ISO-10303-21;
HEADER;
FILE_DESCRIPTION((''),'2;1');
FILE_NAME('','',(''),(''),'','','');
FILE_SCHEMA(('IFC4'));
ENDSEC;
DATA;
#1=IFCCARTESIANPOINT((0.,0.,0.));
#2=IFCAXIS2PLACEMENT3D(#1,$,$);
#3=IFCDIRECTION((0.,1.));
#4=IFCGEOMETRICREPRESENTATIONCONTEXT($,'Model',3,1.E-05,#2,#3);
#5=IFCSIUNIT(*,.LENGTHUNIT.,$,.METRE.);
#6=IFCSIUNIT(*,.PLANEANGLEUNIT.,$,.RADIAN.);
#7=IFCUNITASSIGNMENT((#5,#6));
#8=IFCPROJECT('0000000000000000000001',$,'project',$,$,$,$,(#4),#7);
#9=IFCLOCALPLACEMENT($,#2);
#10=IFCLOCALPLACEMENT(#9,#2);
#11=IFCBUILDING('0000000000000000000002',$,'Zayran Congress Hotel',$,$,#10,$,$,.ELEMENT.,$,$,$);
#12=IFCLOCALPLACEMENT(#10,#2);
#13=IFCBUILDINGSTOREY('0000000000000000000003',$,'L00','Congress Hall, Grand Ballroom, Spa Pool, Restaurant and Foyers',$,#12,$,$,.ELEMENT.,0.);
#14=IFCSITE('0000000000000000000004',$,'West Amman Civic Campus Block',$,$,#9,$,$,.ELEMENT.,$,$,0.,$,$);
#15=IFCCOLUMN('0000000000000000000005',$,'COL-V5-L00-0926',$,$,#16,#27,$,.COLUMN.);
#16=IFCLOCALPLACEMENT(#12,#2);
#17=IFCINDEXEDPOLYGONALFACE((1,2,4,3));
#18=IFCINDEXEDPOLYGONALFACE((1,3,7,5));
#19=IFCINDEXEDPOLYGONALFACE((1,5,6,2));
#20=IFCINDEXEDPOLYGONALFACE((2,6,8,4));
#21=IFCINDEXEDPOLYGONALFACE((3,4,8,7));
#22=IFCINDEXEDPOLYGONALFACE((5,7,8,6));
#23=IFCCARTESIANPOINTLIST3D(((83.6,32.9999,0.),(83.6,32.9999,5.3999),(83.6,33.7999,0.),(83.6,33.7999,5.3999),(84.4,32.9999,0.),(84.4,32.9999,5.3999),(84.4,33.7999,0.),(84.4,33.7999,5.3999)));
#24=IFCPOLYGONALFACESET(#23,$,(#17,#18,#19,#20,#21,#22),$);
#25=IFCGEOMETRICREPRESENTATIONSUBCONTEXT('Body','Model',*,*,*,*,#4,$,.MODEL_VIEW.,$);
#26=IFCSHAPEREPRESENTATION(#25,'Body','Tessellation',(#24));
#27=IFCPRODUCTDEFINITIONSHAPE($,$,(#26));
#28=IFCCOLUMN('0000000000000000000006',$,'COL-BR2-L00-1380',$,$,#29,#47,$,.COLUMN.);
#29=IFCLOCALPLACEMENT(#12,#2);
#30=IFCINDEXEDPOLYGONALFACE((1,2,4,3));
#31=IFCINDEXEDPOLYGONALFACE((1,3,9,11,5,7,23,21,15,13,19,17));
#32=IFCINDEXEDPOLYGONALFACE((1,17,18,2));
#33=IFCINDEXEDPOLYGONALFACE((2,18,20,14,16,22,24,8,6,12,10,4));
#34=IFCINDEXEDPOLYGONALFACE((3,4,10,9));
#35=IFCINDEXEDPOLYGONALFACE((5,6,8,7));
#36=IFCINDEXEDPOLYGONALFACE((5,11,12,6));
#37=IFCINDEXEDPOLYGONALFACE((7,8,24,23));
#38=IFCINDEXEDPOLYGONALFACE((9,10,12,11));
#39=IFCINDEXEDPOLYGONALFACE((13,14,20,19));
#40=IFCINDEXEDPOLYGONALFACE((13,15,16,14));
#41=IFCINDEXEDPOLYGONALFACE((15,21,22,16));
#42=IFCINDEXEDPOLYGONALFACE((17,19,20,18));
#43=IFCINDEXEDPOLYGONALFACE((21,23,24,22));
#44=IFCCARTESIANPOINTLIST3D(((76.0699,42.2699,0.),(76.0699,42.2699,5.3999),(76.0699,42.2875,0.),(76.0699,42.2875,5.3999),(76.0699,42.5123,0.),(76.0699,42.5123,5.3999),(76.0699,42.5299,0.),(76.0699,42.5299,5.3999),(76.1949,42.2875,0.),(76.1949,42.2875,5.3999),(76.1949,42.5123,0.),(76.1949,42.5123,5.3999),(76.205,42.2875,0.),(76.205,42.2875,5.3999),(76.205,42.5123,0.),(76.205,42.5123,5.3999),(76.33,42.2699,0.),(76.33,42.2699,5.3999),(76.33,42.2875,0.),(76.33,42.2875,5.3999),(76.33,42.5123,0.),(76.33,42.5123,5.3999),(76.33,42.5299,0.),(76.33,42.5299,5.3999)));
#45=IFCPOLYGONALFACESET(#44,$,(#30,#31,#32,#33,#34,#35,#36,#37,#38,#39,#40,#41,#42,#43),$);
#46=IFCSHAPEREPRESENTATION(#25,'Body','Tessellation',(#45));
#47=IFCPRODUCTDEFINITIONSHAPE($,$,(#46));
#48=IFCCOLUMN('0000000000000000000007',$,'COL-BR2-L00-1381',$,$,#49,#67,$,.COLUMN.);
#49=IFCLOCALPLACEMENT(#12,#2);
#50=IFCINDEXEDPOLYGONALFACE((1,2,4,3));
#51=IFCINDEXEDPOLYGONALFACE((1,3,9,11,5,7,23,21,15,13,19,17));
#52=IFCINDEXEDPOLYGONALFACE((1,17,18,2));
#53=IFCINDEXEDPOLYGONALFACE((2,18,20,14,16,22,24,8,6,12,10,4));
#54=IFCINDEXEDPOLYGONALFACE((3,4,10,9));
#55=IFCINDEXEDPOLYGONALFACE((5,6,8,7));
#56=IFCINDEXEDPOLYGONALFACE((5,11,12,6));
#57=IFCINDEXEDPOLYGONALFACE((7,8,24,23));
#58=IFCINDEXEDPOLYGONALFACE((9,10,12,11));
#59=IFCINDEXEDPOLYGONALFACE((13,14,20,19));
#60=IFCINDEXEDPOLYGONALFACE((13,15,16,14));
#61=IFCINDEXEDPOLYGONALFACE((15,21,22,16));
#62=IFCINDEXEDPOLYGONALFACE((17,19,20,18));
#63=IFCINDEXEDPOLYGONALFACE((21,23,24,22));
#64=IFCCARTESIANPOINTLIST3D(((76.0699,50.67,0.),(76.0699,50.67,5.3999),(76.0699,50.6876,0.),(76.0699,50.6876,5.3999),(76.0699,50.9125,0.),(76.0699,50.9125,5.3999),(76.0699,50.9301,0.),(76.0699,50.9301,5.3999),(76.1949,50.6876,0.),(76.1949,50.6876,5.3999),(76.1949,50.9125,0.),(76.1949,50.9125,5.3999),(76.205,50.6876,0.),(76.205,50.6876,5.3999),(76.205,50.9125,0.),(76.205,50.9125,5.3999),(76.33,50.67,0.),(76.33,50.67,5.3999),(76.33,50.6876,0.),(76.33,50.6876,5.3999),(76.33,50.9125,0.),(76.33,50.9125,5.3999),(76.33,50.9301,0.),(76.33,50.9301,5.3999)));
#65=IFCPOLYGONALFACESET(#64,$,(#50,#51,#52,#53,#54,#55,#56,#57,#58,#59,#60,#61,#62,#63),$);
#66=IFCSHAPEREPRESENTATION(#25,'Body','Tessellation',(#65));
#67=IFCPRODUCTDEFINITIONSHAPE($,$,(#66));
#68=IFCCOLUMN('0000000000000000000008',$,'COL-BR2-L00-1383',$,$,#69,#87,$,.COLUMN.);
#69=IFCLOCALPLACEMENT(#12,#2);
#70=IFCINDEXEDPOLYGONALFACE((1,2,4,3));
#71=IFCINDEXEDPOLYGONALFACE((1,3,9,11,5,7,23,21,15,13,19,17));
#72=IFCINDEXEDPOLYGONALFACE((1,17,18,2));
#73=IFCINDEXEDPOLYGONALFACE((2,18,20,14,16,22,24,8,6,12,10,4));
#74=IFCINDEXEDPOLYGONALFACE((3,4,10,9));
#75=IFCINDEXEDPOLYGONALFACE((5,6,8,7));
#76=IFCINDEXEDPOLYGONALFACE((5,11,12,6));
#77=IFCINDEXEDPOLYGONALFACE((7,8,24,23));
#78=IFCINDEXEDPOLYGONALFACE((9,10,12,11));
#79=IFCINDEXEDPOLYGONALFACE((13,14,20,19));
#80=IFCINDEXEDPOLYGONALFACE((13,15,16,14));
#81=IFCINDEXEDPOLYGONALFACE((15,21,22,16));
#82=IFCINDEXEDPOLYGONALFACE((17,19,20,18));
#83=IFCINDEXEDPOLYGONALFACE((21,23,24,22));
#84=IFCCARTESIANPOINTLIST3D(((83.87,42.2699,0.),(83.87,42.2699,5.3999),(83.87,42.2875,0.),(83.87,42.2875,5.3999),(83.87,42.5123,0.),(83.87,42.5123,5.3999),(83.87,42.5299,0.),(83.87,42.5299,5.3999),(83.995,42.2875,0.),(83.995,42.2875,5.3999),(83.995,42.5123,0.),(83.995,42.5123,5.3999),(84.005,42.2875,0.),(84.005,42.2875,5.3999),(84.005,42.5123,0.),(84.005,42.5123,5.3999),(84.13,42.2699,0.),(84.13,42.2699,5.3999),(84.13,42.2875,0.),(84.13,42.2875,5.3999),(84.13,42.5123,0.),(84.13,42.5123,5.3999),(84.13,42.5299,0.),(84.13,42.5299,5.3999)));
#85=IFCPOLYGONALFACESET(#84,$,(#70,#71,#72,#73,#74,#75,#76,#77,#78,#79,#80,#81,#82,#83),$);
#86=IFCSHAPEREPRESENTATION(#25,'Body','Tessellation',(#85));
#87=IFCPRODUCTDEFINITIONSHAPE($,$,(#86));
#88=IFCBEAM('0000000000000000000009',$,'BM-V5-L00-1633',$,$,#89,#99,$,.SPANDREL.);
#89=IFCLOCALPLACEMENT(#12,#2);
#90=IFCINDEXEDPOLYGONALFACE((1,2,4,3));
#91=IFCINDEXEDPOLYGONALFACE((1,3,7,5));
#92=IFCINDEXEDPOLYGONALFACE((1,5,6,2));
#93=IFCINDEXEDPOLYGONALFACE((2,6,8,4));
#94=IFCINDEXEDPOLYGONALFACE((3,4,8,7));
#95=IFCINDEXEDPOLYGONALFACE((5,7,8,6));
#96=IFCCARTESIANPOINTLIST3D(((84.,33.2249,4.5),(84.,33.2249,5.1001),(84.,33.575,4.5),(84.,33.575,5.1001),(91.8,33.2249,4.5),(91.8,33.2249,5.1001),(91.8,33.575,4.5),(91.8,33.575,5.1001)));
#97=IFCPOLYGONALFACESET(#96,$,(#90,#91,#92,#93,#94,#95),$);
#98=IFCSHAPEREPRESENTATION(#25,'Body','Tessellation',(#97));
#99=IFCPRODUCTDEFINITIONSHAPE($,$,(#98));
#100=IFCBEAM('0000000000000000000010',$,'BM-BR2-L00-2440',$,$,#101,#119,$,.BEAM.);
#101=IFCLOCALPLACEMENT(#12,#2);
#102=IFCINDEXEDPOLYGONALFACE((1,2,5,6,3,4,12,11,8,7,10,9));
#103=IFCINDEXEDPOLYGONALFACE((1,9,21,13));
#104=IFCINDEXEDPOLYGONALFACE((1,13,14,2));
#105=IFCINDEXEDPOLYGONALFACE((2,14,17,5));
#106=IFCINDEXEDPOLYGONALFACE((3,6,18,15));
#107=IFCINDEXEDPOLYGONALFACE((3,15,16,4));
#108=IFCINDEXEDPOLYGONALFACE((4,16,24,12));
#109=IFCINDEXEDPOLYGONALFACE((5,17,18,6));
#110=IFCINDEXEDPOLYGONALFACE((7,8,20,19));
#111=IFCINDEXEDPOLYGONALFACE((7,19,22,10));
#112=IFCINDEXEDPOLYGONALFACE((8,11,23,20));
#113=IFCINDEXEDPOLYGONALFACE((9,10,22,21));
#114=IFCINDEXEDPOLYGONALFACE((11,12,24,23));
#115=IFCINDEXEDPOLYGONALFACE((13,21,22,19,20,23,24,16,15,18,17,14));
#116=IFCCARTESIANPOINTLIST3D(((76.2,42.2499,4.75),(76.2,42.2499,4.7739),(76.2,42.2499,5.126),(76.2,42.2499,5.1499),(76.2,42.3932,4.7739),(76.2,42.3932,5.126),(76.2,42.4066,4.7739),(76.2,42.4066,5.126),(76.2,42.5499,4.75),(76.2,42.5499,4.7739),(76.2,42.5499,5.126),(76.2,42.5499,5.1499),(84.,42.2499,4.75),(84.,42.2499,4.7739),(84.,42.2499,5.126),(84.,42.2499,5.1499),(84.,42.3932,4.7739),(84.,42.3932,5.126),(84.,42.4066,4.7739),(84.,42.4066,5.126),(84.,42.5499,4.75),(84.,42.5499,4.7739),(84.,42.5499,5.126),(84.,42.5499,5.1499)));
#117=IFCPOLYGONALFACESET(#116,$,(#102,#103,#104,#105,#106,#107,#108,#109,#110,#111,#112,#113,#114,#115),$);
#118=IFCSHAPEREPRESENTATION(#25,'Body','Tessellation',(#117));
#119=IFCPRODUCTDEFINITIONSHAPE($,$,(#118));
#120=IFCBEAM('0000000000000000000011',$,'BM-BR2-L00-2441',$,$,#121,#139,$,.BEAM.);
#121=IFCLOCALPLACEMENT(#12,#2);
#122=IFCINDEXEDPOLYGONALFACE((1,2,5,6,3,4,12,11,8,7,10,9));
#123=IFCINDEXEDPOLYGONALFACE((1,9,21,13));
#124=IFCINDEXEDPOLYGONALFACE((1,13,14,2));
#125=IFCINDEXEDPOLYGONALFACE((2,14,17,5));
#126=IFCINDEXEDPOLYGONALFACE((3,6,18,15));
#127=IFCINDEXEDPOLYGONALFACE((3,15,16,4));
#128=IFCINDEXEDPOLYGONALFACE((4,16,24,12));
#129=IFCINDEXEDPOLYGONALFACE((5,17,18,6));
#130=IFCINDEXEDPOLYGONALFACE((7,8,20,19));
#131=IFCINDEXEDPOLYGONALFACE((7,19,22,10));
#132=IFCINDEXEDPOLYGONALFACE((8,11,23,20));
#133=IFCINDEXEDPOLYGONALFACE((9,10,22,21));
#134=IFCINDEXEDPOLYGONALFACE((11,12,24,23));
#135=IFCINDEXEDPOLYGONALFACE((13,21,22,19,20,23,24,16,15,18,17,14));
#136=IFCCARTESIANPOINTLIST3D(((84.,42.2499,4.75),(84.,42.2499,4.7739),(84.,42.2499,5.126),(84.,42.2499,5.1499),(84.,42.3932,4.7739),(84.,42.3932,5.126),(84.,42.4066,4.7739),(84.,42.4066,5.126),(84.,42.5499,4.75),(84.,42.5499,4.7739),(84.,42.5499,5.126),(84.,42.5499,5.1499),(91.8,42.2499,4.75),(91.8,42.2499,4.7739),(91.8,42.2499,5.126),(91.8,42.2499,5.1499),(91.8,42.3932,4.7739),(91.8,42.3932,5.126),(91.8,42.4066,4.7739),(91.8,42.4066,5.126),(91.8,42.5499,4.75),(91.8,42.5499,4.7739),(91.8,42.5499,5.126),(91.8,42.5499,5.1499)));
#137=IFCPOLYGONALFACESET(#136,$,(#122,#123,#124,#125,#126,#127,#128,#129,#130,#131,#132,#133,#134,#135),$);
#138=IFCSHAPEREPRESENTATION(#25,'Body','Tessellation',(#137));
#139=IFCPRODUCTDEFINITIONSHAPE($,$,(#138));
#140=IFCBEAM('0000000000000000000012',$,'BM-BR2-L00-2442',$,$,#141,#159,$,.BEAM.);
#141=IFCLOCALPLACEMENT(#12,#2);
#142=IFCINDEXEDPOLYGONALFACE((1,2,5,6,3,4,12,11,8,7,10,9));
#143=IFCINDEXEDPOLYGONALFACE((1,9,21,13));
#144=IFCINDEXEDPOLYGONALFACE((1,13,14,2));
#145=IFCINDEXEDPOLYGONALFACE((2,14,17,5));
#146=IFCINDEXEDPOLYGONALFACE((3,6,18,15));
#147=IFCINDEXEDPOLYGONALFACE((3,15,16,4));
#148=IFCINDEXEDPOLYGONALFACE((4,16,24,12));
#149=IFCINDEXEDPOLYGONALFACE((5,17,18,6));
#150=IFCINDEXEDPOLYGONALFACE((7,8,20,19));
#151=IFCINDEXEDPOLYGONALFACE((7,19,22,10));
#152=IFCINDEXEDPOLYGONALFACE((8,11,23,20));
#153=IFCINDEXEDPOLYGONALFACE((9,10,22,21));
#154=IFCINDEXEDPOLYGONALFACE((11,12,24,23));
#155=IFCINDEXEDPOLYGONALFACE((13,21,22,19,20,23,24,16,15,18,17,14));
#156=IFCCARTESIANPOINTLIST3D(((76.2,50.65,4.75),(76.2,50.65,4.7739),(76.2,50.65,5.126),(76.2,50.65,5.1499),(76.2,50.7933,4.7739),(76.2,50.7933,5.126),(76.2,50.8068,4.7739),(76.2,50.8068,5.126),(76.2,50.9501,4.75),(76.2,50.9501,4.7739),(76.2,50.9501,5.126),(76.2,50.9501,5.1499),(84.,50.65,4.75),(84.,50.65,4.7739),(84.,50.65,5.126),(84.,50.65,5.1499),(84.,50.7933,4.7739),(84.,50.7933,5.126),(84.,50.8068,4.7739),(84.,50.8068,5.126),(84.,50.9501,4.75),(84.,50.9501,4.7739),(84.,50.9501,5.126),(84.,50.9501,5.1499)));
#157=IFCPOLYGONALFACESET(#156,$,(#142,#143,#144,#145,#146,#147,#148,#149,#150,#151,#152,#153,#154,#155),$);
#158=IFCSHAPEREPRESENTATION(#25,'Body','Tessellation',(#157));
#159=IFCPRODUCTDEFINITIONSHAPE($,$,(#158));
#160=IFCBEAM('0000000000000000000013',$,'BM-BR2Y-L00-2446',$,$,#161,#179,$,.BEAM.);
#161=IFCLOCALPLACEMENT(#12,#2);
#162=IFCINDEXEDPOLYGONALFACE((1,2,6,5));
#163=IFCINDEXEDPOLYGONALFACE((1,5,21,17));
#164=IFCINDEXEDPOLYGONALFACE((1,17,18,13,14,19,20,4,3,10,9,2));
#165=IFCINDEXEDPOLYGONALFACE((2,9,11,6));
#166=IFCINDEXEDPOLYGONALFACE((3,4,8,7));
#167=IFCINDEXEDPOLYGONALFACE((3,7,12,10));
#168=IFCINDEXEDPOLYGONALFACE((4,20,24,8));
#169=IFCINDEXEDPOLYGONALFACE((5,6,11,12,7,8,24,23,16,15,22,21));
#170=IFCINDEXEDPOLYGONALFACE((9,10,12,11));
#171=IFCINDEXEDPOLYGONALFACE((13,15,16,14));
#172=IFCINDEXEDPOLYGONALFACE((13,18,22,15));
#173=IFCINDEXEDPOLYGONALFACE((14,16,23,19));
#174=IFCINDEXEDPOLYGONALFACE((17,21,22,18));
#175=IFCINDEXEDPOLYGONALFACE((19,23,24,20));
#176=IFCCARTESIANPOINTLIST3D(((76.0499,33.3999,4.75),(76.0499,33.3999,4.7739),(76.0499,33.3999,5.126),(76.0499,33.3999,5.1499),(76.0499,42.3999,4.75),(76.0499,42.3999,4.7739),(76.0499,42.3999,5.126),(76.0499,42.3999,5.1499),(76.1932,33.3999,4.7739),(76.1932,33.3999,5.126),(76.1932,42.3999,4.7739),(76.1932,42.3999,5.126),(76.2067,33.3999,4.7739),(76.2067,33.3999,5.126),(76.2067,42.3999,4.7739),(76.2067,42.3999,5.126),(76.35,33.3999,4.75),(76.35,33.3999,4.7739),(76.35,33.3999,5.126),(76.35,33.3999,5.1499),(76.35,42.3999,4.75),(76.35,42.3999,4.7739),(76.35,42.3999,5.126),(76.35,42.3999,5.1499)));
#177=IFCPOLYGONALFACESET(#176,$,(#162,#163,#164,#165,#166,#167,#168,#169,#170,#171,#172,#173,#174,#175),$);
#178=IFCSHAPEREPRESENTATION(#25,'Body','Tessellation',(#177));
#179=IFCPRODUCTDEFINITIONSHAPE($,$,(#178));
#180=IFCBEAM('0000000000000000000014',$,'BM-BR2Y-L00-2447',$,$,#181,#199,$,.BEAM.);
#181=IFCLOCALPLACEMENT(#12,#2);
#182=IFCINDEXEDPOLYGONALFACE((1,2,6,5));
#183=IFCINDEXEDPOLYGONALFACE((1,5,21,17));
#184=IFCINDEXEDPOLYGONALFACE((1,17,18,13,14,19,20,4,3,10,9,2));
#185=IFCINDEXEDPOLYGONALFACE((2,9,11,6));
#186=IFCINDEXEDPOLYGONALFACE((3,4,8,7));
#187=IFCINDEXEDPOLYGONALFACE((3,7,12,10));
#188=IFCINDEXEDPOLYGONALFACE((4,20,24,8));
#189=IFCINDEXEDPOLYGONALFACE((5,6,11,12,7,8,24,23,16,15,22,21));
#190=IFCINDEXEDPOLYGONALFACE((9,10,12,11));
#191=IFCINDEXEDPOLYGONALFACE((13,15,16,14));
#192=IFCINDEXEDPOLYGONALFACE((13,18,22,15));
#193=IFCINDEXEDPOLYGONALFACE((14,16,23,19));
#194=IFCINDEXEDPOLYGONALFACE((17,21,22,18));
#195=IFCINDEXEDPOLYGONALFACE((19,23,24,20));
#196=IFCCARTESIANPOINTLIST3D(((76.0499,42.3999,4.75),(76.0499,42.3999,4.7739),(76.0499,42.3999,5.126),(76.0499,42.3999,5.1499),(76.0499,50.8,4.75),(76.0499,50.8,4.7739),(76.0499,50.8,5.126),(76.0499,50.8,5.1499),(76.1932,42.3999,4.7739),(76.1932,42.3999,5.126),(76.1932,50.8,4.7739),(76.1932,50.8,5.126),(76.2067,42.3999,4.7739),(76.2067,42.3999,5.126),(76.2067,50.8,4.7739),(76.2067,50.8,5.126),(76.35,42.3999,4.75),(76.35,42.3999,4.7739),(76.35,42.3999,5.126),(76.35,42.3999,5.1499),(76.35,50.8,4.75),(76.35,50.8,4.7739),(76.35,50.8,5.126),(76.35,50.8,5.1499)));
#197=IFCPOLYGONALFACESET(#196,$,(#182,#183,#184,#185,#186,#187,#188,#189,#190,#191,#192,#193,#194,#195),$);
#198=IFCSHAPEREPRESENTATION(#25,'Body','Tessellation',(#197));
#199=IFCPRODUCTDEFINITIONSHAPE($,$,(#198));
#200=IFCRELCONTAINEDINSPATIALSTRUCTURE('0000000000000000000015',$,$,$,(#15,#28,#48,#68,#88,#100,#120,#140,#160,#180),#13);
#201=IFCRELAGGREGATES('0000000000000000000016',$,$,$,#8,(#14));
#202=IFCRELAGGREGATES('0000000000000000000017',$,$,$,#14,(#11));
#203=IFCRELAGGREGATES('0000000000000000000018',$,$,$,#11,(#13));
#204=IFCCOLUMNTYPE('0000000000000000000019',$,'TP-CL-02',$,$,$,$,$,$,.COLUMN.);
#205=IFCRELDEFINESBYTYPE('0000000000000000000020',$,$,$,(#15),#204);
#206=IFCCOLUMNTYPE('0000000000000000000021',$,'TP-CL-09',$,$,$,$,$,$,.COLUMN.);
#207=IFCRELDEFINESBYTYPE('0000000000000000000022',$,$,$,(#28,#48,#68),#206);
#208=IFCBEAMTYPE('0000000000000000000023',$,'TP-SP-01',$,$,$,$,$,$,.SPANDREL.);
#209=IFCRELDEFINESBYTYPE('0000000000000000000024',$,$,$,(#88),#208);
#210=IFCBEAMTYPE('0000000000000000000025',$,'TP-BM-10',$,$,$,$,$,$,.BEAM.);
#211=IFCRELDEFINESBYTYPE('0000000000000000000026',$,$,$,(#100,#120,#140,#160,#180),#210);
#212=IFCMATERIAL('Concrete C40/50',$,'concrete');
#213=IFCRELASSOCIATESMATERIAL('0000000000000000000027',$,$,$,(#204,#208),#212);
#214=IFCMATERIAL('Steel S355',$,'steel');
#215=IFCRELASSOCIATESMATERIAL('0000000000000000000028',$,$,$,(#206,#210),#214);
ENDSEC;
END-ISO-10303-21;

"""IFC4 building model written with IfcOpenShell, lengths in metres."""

from ifc_helpers import new_model, si_unit, direction, frame, origin, origin_2d, place, context, subcontext, project, spatial, rectangle, i_section, extrude, material, material_profile, profile_set, type_object, element, save


model = new_model("IFC4")

# Units and contexts
model_context = context("Model", 3, precision=1e-05, world=origin(), true_north=direction((0.0, 1.0)))
body_context = subcontext(model_context, "Body", "Model", "MODEL_VIEW")
ifc_project = project(units=[si_unit("LENGTHUNIT", "METRE"), si_unit("PLANEANGLEUNIT", "RADIAN")], contexts=[model_context])

# Site, building, storey
site_placement = place(None, origin())
site = spatial("IfcSite", under=ifc_project, at=site_placement, Name="West Amman Civic Campus Block", CompositionType="ELEMENT", RefElevation=0.0)
building_placement = place(site_placement, origin())
building = spatial("IfcBuilding", under=site, at=building_placement, Name="Zayran Congress Hotel", CompositionType="ELEMENT")
storey_placement = place(building_placement, origin())
storey = spatial("IfcBuildingStorey", under=building, at=storey_placement, Name="L00", Description="Congress Hall, Grand Ballroom, Spa Pool, Restaurant and Foyers", CompositionType="ELEMENT", Elevation=0.0)

# Columns
ifc_material_1 = material(Name="Concrete C40/50", Category="concrete")
ifc_material_profile_1 = material_profile(ifc_material_1, rectangle(XDim=0.8, YDim=0.8, at=origin_2d()), Name="RC 800x800")
ifc_profile_set_1 = profile_set([ifc_material_profile_1], Name="Concrete C40/50")
column_type_1 = type_object("IfcColumnType", Name="TP-CL-02", PredefinedType="COLUMN", material=ifc_profile_set_1)
column_placement = place(storey_placement, frame((84.0, 33.3999, 0.0), z_axis=(0.0, 0.0, 1.0), x_axis=(1.0, 0.0, 0.0)))
element("IfcColumn", 1, at=column_placement, inside=storey, type_object=column_type_1, Name="COL-V5-L00-0926", PredefinedType="COLUMN", context=body_context, shape_type="SweptSolid", body=[
    extrude(rectangle(XDim=0.8, YDim=0.8, at=origin_2d()), origin(), (0.0, 0.0, 1.0), 5.3999),
])
ifc_material_2 = material(Name="Steel S355", Category="steel")
ifc_material_profile_2 = material_profile(ifc_material_2, i_section(OverallWidth=0.26, OverallDepth=0.26, WebThickness=0.01, FlangeThickness=0.0176, at=origin_2d()), Name="HEB 260")
ifc_profile_set_2 = profile_set([ifc_material_profile_2], Name="Steel S355")
column_type_2 = type_object("IfcColumnType", Name="TP-CL-09", PredefinedType="COLUMN", material=ifc_profile_set_2)
for number, where, z_axis, x_axis, name in (
    (2, (76.2, 42.3999, 0.0), (0.0, 0.0, 1.0), (1.0, 0.0, 0.0), "COL-BR2-L00-1380"),
    (3, (76.2, 50.8, 0.0), (0.0, 0.0, 1.0), (1.0, 0.0, 0.0), "COL-BR2-L00-1381"),
    (4, (84.0, 42.3999, 0.0), (0.0, 0.0, 1.0), (1.0, 0.0, 0.0), "COL-BR2-L00-1383"),
):
    element("IfcColumn", number, at=place(storey_placement, frame(where, z_axis=z_axis, x_axis=x_axis)), inside=storey, type_object=column_type_2, Name=name, PredefinedType="COLUMN", context=body_context, shape_type="SweptSolid", body=[
        extrude(i_section(OverallWidth=0.26, OverallDepth=0.26, WebThickness=0.01, FlangeThickness=0.0176, at=origin_2d()), origin(), (0.0, 0.0, 1.0), 5.3999),
    ])

# Beams
ifc_material_profile_3 = material_profile(ifc_material_1, rectangle(XDim=0.3501, YDim=0.6001, at=origin_2d()), Name="RC 350x600")
ifc_profile_set_3 = profile_set([ifc_material_profile_3], Name="Concrete C40/50")
beam_type_1 = type_object("IfcBeamType", Name="TP-SP-01", PredefinedType="SPANDREL", material=ifc_profile_set_3)
beam_1_placement = place(storey_placement, frame((84.0, 33.3999, 4.8), z_axis=(1.0, 0.0, 0.0), x_axis=(0.0, 1.0, 0.0)))
element("IfcBeam", 5, at=beam_1_placement, inside=storey, type_object=beam_type_1, Name="BM-V5-L00-1633", PredefinedType="SPANDREL", context=body_context, shape_type="SweptSolid", body=[
    extrude(rectangle(XDim=0.3501, YDim=0.6001, at=origin_2d()), origin(), (0.0, 0.0, 1.0), 7.8),
])
ifc_material_profile_4 = material_profile(ifc_material_2, i_section(OverallWidth=0.3, OverallDepth=0.3999, WebThickness=0.0134, FlangeThickness=0.0239, at=origin_2d()), Name="HEB 400")
ifc_profile_set_4 = profile_set([ifc_material_profile_4], Name="Steel S355")
beam_type_2 = type_object("IfcBeamType", Name="TP-BM-10", PredefinedType="BEAM", material=ifc_profile_set_4)
for number, where, z_axis, x_axis, name in (
    (6, (76.2, 42.3999, 4.95), (1.0, 0.0, 0.0), (0.0, 1.0, 0.0), "BM-BR2-L00-2440"),
    (7, (84.0, 42.3999, 4.95), (1.0, 0.0, 0.0), (0.0, 1.0, 0.0), "BM-BR2-L00-2441"),
    (8, (76.2, 50.8, 4.95), (1.0, 0.0, 0.0), (0.0, 1.0, 0.0), "BM-BR2-L00-2442"),
):
    element("IfcBeam", number, at=place(storey_placement, frame(where, z_axis=z_axis, x_axis=x_axis)), inside=storey, type_object=beam_type_2, Name=name, PredefinedType="BEAM", context=body_context, shape_type="SweptSolid", body=[
        extrude(i_section(OverallWidth=0.3, OverallDepth=0.3999, WebThickness=0.0134, FlangeThickness=0.0239, at=origin_2d()), origin(), (0.0, 0.0, 1.0), 7.8),
    ])
beam_2_placement = place(storey_placement, frame((76.2, 33.3999, 4.95), z_axis=(0.0, 1.0, 0.0), x_axis=(-1.0, 0.0, 0.0)))
element("IfcBeam", 9, at=beam_2_placement, inside=storey, type_object=beam_type_2, Name="BM-BR2Y-L00-2446", PredefinedType="BEAM", context=body_context, shape_type="SweptSolid", body=[
    extrude(i_section(OverallWidth=0.3, OverallDepth=0.3999, WebThickness=0.0134, FlangeThickness=0.0239, at=origin_2d()), origin(), (0.0, 0.0, 1.0), 9.0),
])
beam_3_placement = place(storey_placement, frame((76.2, 42.3999, 4.95), z_axis=(0.0, 1.0, 0.0), x_axis=(-1.0, 0.0, 0.0)))
element("IfcBeam", 10, at=beam_3_placement, inside=storey, type_object=beam_type_2, Name="BM-BR2Y-L00-2447", PredefinedType="BEAM", context=body_context, shape_type="SweptSolid", body=[
    extrude(i_section(OverallWidth=0.3, OverallDepth=0.3999, WebThickness=0.0134, FlangeThickness=0.0239, at=origin_2d()), origin(), (0.0, 0.0, 1.0), 8.4001),
])

save(model, "model.ifc")
